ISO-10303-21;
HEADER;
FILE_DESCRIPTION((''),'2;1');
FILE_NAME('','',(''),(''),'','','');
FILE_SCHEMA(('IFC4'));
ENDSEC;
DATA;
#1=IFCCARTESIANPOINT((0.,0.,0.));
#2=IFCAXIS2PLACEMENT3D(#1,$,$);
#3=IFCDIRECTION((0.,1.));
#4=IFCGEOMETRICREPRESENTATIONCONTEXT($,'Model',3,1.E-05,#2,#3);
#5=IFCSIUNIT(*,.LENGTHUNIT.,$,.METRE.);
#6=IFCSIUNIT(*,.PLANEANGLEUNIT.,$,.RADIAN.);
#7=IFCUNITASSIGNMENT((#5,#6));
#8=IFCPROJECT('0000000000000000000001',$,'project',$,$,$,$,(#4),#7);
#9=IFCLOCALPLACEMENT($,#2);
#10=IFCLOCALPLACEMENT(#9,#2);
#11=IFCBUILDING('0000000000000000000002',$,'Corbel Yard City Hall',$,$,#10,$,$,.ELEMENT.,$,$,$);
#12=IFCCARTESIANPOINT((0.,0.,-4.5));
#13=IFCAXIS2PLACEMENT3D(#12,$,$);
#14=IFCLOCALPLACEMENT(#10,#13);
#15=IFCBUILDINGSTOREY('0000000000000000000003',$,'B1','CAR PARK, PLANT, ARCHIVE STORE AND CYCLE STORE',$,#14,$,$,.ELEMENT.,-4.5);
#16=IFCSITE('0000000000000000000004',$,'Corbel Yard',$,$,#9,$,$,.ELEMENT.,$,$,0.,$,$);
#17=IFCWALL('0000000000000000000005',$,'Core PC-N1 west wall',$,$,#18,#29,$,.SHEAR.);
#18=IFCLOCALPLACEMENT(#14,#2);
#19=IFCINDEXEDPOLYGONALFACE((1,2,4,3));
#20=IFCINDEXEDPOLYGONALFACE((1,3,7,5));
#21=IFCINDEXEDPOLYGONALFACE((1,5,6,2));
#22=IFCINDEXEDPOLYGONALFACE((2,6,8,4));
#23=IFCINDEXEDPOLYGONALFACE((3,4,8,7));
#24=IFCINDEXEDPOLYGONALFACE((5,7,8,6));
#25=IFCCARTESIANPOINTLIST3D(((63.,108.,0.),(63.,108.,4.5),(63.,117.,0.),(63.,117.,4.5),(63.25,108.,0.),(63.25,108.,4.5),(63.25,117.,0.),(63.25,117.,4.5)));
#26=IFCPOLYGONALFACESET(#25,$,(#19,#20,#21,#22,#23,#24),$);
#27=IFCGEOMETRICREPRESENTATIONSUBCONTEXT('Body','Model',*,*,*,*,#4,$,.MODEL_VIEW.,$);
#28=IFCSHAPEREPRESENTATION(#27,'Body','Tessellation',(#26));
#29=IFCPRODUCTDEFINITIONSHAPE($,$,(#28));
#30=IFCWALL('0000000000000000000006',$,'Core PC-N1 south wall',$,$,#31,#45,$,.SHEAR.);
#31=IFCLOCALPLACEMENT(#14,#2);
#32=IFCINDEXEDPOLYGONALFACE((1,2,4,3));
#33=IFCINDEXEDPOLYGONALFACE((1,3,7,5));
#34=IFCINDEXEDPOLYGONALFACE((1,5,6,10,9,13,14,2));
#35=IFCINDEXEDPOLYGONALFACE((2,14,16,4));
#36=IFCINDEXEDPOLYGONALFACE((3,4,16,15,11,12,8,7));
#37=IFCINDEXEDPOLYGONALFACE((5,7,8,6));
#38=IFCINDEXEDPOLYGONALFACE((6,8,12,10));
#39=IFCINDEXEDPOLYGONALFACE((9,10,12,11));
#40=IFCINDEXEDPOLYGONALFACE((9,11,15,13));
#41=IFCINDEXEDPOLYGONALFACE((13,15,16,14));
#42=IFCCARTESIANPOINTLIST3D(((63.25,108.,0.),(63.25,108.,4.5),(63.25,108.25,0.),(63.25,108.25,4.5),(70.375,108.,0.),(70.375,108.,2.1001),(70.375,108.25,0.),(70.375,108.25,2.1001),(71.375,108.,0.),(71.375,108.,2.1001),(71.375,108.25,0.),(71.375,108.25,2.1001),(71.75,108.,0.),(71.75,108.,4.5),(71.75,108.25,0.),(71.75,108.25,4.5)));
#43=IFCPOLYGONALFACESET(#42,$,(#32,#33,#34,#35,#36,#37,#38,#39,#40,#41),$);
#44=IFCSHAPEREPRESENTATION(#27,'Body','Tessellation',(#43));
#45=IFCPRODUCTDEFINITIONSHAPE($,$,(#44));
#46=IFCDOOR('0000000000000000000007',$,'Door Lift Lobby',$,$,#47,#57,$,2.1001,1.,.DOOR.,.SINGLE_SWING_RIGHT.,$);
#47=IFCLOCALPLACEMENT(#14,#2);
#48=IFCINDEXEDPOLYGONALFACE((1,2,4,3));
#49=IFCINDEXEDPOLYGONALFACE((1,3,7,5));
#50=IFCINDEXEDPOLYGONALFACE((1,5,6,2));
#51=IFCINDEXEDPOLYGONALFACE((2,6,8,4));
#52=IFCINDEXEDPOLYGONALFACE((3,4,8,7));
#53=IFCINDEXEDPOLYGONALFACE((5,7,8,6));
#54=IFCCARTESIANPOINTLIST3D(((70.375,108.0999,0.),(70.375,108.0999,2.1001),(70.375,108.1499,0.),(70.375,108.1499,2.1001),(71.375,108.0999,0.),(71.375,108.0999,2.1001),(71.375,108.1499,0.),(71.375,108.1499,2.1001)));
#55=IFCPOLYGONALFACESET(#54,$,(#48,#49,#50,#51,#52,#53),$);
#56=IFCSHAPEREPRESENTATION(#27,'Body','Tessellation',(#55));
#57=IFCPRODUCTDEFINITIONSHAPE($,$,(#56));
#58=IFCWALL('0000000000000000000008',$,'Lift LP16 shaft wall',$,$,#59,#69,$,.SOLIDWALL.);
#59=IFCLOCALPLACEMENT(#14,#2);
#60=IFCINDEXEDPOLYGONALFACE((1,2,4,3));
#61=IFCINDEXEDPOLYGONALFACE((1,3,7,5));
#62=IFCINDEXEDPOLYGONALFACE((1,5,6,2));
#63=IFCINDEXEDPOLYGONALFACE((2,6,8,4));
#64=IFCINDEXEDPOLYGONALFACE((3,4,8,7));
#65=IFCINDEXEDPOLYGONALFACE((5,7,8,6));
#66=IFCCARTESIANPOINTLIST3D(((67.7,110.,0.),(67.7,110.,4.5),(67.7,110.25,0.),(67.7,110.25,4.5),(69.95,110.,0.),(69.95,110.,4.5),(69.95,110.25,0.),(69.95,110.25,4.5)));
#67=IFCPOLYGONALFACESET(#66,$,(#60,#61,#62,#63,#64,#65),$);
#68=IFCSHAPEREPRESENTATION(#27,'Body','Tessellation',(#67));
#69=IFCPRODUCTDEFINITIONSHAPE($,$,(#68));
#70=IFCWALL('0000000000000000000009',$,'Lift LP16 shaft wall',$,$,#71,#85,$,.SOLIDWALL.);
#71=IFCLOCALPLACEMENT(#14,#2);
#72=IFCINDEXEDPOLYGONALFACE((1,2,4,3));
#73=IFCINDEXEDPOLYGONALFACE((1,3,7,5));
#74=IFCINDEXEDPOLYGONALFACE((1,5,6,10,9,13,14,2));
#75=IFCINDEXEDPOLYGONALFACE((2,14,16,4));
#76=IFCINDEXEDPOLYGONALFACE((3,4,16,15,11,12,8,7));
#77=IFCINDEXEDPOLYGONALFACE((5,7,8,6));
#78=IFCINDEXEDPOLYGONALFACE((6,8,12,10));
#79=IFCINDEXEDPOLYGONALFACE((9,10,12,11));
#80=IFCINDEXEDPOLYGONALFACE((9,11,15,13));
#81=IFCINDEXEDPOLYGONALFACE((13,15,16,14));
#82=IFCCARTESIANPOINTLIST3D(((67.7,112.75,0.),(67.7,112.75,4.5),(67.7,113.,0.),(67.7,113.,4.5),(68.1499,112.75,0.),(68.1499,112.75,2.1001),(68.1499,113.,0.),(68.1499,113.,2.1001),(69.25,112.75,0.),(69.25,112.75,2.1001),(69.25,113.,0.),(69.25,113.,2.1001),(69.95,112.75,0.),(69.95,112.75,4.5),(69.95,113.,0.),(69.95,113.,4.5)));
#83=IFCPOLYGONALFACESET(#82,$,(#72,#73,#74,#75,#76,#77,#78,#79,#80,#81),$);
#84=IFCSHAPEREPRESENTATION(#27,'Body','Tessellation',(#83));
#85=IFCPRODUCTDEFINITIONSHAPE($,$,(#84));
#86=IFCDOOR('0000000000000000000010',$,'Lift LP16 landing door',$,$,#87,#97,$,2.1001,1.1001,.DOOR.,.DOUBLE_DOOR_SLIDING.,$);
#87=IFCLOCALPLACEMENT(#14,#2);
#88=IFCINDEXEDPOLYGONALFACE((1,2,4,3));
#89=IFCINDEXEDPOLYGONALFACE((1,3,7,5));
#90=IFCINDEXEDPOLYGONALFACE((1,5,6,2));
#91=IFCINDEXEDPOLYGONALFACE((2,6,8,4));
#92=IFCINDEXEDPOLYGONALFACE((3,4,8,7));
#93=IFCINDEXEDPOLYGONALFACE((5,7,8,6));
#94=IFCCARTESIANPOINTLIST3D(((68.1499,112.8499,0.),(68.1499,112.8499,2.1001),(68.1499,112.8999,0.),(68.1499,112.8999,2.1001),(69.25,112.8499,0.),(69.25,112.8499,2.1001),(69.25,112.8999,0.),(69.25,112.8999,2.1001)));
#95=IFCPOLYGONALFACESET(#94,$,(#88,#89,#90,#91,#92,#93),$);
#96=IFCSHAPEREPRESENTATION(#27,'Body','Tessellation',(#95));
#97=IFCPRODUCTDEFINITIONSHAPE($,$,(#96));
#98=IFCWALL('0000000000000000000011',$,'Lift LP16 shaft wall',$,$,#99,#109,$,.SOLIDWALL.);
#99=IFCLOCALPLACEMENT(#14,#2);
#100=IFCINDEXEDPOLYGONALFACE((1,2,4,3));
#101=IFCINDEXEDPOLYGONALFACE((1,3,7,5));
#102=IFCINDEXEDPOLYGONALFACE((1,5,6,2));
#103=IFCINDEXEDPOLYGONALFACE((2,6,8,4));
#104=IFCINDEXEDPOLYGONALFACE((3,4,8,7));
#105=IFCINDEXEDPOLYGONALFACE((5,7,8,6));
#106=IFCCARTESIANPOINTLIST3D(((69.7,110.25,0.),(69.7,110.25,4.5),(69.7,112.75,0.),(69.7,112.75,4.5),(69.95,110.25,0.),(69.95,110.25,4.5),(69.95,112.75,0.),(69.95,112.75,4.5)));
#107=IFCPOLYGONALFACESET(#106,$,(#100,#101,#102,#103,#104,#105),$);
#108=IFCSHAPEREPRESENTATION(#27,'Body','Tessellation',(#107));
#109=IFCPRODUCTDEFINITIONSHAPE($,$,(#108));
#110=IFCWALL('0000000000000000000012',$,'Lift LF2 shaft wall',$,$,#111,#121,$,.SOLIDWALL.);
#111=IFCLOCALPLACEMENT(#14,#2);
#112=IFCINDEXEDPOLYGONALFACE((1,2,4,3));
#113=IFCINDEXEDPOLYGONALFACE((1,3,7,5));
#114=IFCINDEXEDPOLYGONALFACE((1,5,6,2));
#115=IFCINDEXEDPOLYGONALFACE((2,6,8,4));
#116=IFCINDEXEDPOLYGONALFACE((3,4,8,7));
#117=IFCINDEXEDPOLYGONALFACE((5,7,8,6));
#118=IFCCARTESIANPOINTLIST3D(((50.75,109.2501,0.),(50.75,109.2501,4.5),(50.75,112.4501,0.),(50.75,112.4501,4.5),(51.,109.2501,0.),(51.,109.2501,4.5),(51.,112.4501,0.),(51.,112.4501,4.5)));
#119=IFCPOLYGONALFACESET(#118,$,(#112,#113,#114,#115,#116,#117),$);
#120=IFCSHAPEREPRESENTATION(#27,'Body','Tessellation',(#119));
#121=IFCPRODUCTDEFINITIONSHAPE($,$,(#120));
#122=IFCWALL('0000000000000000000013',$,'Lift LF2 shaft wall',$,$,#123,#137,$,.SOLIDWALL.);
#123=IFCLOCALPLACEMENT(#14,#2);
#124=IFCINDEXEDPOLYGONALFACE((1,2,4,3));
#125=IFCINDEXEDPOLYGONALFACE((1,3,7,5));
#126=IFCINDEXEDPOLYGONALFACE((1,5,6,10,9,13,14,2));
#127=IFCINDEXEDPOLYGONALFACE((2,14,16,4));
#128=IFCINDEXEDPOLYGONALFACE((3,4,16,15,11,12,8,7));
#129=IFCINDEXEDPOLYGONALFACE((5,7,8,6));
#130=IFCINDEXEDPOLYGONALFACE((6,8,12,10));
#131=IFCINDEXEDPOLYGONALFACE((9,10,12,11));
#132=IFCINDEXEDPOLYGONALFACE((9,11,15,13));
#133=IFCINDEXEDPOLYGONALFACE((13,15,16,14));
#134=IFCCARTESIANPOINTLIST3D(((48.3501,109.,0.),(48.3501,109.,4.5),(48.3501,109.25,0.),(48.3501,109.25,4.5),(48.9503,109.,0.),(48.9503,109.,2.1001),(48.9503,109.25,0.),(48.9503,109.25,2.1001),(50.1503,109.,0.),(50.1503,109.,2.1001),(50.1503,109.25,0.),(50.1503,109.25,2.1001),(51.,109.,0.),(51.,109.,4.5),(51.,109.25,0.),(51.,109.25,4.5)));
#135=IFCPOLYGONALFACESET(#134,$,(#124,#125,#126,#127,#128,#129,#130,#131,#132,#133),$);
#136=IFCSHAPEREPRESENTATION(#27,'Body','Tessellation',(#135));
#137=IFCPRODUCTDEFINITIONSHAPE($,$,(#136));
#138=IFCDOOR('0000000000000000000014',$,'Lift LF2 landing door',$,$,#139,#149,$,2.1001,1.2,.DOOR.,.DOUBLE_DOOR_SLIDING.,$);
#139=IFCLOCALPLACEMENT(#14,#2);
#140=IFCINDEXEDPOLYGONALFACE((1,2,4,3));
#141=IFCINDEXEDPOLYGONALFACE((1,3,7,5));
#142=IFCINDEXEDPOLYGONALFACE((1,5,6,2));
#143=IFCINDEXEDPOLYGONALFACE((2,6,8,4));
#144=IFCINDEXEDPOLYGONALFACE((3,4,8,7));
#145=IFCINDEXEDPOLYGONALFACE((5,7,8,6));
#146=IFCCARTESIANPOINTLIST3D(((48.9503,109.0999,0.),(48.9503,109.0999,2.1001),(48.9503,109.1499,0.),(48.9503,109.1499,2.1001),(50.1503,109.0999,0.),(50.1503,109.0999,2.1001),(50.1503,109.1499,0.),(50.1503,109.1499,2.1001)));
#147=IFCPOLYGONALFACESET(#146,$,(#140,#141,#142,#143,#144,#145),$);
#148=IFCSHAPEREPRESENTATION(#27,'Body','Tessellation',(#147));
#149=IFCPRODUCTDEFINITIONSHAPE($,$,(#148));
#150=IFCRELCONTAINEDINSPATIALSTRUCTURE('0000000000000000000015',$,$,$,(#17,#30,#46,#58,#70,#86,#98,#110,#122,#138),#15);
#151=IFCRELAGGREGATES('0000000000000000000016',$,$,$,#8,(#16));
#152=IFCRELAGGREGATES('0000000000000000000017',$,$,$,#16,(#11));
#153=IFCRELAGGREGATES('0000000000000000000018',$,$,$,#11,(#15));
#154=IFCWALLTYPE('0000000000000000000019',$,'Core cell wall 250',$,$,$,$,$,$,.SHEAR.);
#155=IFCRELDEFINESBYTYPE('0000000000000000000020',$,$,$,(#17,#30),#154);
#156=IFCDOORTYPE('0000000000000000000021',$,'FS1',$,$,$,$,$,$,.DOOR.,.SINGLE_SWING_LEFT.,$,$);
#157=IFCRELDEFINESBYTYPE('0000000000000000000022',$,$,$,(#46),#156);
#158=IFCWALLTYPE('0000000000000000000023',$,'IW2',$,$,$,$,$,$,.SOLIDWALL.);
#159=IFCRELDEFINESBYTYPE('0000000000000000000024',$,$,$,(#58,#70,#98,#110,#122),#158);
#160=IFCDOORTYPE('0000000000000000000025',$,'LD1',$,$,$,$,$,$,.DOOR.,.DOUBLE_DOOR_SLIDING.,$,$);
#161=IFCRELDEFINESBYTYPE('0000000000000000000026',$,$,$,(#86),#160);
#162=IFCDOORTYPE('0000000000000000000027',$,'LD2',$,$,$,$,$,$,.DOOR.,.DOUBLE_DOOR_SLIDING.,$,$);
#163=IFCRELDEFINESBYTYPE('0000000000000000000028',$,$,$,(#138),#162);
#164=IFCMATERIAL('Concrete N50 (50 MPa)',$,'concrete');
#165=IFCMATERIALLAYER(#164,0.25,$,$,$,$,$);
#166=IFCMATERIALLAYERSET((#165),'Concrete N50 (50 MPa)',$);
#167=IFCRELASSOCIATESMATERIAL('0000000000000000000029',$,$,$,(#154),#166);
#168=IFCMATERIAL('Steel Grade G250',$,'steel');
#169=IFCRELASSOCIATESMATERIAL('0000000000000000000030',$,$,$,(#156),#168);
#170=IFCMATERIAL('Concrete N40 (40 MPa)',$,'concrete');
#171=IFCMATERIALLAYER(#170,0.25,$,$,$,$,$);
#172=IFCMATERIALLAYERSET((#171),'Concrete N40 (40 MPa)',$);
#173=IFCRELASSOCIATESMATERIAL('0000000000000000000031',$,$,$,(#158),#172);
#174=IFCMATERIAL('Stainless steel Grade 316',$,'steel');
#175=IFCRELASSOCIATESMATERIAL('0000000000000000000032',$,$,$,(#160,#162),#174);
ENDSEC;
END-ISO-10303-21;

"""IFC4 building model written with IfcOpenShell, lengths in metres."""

from ifc_helpers import new_model, si_unit, direction, frame, frame_2d, origin, place, context, subcontext, project, spatial, rectangle, extrude, material, layer, layer_set, type_object, element, fill, save


model = new_model("IFC4")

# Units and contexts
model_context = context("Model", 3, precision=1e-05, world=origin(), true_north=direction((0.0, 1.0)))
body_context = subcontext(model_context, "Body", "Model", "MODEL_VIEW")
ifc_project = project(units=[si_unit("LENGTHUNIT", "METRE"), si_unit("PLANEANGLEUNIT", "RADIAN")], contexts=[model_context])

# Site, building, storey
site_placement = place(None, origin())
site = spatial("IfcSite", under=ifc_project, at=site_placement, Name="Corbel Yard", CompositionType="ELEMENT", RefElevation=0.0)
building_placement = place(site_placement, origin())
building = spatial("IfcBuilding", under=site, at=building_placement, Name="Corbel Yard City Hall", CompositionType="ELEMENT")
storey_placement = place(building_placement, frame((0.0, 0.0, -4.5)))
storey = spatial("IfcBuildingStorey", under=building, at=storey_placement, Name="B1", Description="CAR PARK, PLANT, ARCHIVE STORE AND CYCLE STORE", CompositionType="ELEMENT", Elevation=-4.5)

# Wall
ifc_material_1 = material(Name="Concrete N50 (50 MPa)", Category="concrete")
ifc_layer_1 = layer(ifc_material_1, 0.25)
ifc_layer_set_1 = layer_set([ifc_layer_1], Name="Concrete N50 (50 MPa)")
wall_type_1 = type_object("IfcWallType", Name="Core cell wall 250", PredefinedType="SHEAR", material=ifc_layer_set_1)
wall_1_placement = place(storey_placement, frame((63.125, 108.0, 0.0), z_axis=(0.0, 0.0, 1.0), x_axis=(0.0, 1.0, 0.0)))
element("IfcWall", 1, at=wall_1_placement, inside=storey, type_object=wall_type_1, Name="Core PC-N1 west wall", PredefinedType="SHEAR", context=body_context, shape_type="SweptSolid", body=[
    extrude(rectangle(XDim=9.0, YDim=0.25, at=frame_2d((4.5, 0.0))), origin(), (0.0, 0.0, 1.0), 4.5),
])

# Wall, opening, door
wall_2_placement = place(storey_placement, frame((63.25, 108.125, 0.0), z_axis=(0.0, 0.0, 1.0), x_axis=(1.0, 0.0, 0.0)))
wall_2 = element("IfcWall", 2, at=wall_2_placement, inside=storey, type_object=wall_type_1, Name="Core PC-N1 south wall", PredefinedType="SHEAR", context=body_context, shape_type="SweptSolid", body=[
    extrude(rectangle(XDim=8.5, YDim=0.25, at=frame_2d((4.25, 0.0))), origin(), (0.0, 0.0, 1.0), 4.5),
])
opening_1_placement = place(wall_2_placement, frame((7.125, 0.0, 0.0)))
opening_1 = element("IfcOpeningElement", 3, at=opening_1_placement, cuts=wall_2, PredefinedType="OPENING", context=body_context, shape_type="SweptSolid", body=[
    extrude(rectangle(XDim=1.0, YDim=2.1001, at=frame_2d((0.5, 1.05))), frame((0.0, 0.135, 0.0), z_axis=(0.0, -1.0, 0.0), x_axis=(1.0, 0.0, 0.0)), (0.0, 0.0, 1.0), 0.27),
])
ifc_material_2 = material(Name="Steel Grade G250", Category="steel")
door_type_1 = type_object("IfcDoorType", Name="FS1", OperationType="SINGLE_SWING_LEFT", PredefinedType="DOOR", material=ifc_material_2)
door_1_placement = place(opening_1_placement, origin())
door_1 = element("IfcDoor", 4, at=door_1_placement, inside=storey, type_object=door_type_1, Name="Door Lift Lobby", OperationType="SINGLE_SWING_RIGHT", OverallHeight=2.1001, OverallWidth=1.0, PredefinedType="DOOR", context=body_context, shape_type="SweptSolid", body=[
    extrude(rectangle(XDim=1.0, YDim=2.1001, at=frame_2d((0.5, 1.05))), frame((0.0, 0.0249, 0.0), z_axis=(0.0, -1.0, 0.0), x_axis=(1.0, 0.0, 0.0)), (0.0, 0.0, 1.0), 0.05),
])
fill(opening_1, door_1)

# Wall
ifc_material_3 = material(Name="Concrete N40 (40 MPa)", Category="concrete")
ifc_layer_2 = layer(ifc_material_3, 0.25)
ifc_layer_set_2 = layer_set([ifc_layer_2], Name="Concrete N40 (40 MPa)")
wall_type_2 = type_object("IfcWallType", Name="IW2", PredefinedType="SOLIDWALL", material=ifc_layer_set_2)
wall_3_placement = place(storey_placement, frame((67.7, 110.125, 0.0), z_axis=(0.0, 0.0, 1.0), x_axis=(1.0, 0.0, 0.0)))
element("IfcWall", 5, at=wall_3_placement, inside=storey, type_object=wall_type_2, Name="Lift LP16 shaft wall", PredefinedType="SOLIDWALL", context=body_context, shape_type="SweptSolid", body=[
    extrude(rectangle(XDim=2.25, YDim=0.25, at=frame_2d((1.125, 0.0))), origin(), (0.0, 0.0, 1.0), 4.5),
])

# Wall, opening, door
wall_4_placement = place(storey_placement, frame((67.7, 112.875, 0.0), z_axis=(0.0, 0.0, 1.0), x_axis=(1.0, 0.0, 0.0)))
wall_4 = element("IfcWall", 6, at=wall_4_placement, inside=storey, type_object=wall_type_2, Name="Lift LP16 shaft wall", PredefinedType="SOLIDWALL", context=body_context, shape_type="SweptSolid", body=[
    extrude(rectangle(XDim=2.25, YDim=0.25, at=frame_2d((1.125, 0.0))), origin(), (0.0, 0.0, 1.0), 4.5),
])
opening_2_placement = place(wall_4_placement, frame((0.45, 0.0, 0.0)))
opening_2 = element("IfcOpeningElement", 7, at=opening_2_placement, cuts=wall_4, PredefinedType="OPENING", context=body_context, shape_type="SweptSolid", body=[
    extrude(rectangle(XDim=1.1001, YDim=2.1001, at=frame_2d((0.55, 1.05))), frame((0.0, 0.135, 0.0), z_axis=(0.0, -1.0, 0.0), x_axis=(1.0, 0.0, 0.0)), (0.0, 0.0, 1.0), 0.27),
])
ifc_material_4 = material(Name="Stainless steel Grade 316", Category="steel")
door_type_2 = type_object("IfcDoorType", Name="LD1", OperationType="DOUBLE_DOOR_SLIDING", PredefinedType="DOOR", material=ifc_material_4)
door_2_placement = place(opening_2_placement, origin())
door_2 = element("IfcDoor", 8, at=door_2_placement, inside=storey, type_object=door_type_2, Name="Lift LP16 landing door", OperationType="DOUBLE_DOOR_SLIDING", OverallHeight=2.1001, OverallWidth=1.1001, PredefinedType="DOOR", context=body_context, shape_type="SweptSolid", body=[
    extrude(rectangle(XDim=1.1001, YDim=2.1001, at=frame_2d((0.55, 1.05))), frame((0.0, 0.0249, 0.0), z_axis=(0.0, -1.0, 0.0), x_axis=(1.0, 0.0, 0.0)), (0.0, 0.0, 1.0), 0.05),
])
fill(opening_2, door_2)

# Walls
wall_5_placement = place(storey_placement, frame((69.825, 110.25, 0.0), z_axis=(0.0, 0.0, 1.0), x_axis=(0.0, 1.0, 0.0)))
element("IfcWall", 9, at=wall_5_placement, inside=storey, type_object=wall_type_2, Name="Lift LP16 shaft wall", PredefinedType="SOLIDWALL", context=body_context, shape_type="SweptSolid", body=[
    extrude(rectangle(XDim=2.5, YDim=0.25, at=frame_2d((1.25, 0.0))), origin(), (0.0, 0.0, 1.0), 4.5),
])
wall_6_placement = place(storey_placement, frame((50.875, 109.25, 0.0), z_axis=(0.0, 0.0, 1.0), x_axis=(0.0, 1.0, 0.0)))
element("IfcWall", 10, at=wall_6_placement, inside=storey, type_object=wall_type_2, Name="Lift LF2 shaft wall", PredefinedType="SOLIDWALL", context=body_context, shape_type="SweptSolid", body=[
    extrude(rectangle(XDim=3.2, YDim=0.25, at=frame_2d((1.6001, 0.0))), origin(), (0.0, 0.0, 1.0), 4.5),
])

# Wall, opening, door
wall_7_placement = place(storey_placement, frame((48.3501, 109.125, 0.0), z_axis=(0.0, 0.0, 1.0), x_axis=(1.0, 0.0, 0.0)))
wall_7 = element("IfcWall", 11, at=wall_7_placement, inside=storey, type_object=wall_type_2, Name="Lift LF2 shaft wall", PredefinedType="SOLIDWALL", context=body_context, shape_type="SweptSolid", body=[
    extrude(rectangle(XDim=2.6499, YDim=0.25, at=frame_2d((1.325, 0.0))), origin(), (0.0, 0.0, 1.0), 4.5),
])
opening_3_placement = place(wall_7_placement, frame((0.6001, 0.0, 0.0)))
opening_3 = element("IfcOpeningElement", 12, at=opening_3_placement, cuts=wall_7, PredefinedType="OPENING", context=body_context, shape_type="SweptSolid", body=[
    extrude(rectangle(XDim=1.2, YDim=2.1001, at=frame_2d((0.6001, 1.05))), frame((0.0, 0.135, 0.0), z_axis=(0.0, -1.0, 0.0), x_axis=(1.0, 0.0, 0.0)), (0.0, 0.0, 1.0), 0.27),
])
door_type_3 = type_object("IfcDoorType", Name="LD2", OperationType="DOUBLE_DOOR_SLIDING", PredefinedType="DOOR", material=ifc_material_4)
door_3_placement = place(opening_3_placement, origin())
door_3 = element("IfcDoor", 13, at=door_3_placement, inside=storey, type_object=door_type_3, Name="Lift LF2 landing door", OperationType="DOUBLE_DOOR_SLIDING", OverallHeight=2.1001, OverallWidth=1.2, PredefinedType="DOOR", context=body_context, shape_type="SweptSolid", body=[
    extrude(rectangle(XDim=1.2, YDim=2.1001, at=frame_2d((0.6001, 1.05))), frame((0.0, 0.0249, 0.0), z_axis=(0.0, -1.0, 0.0), x_axis=(1.0, 0.0, 0.0)), (0.0, 0.0, 1.0), 0.05),
])
fill(opening_3, door_3)

save(model, "model.ifc")
